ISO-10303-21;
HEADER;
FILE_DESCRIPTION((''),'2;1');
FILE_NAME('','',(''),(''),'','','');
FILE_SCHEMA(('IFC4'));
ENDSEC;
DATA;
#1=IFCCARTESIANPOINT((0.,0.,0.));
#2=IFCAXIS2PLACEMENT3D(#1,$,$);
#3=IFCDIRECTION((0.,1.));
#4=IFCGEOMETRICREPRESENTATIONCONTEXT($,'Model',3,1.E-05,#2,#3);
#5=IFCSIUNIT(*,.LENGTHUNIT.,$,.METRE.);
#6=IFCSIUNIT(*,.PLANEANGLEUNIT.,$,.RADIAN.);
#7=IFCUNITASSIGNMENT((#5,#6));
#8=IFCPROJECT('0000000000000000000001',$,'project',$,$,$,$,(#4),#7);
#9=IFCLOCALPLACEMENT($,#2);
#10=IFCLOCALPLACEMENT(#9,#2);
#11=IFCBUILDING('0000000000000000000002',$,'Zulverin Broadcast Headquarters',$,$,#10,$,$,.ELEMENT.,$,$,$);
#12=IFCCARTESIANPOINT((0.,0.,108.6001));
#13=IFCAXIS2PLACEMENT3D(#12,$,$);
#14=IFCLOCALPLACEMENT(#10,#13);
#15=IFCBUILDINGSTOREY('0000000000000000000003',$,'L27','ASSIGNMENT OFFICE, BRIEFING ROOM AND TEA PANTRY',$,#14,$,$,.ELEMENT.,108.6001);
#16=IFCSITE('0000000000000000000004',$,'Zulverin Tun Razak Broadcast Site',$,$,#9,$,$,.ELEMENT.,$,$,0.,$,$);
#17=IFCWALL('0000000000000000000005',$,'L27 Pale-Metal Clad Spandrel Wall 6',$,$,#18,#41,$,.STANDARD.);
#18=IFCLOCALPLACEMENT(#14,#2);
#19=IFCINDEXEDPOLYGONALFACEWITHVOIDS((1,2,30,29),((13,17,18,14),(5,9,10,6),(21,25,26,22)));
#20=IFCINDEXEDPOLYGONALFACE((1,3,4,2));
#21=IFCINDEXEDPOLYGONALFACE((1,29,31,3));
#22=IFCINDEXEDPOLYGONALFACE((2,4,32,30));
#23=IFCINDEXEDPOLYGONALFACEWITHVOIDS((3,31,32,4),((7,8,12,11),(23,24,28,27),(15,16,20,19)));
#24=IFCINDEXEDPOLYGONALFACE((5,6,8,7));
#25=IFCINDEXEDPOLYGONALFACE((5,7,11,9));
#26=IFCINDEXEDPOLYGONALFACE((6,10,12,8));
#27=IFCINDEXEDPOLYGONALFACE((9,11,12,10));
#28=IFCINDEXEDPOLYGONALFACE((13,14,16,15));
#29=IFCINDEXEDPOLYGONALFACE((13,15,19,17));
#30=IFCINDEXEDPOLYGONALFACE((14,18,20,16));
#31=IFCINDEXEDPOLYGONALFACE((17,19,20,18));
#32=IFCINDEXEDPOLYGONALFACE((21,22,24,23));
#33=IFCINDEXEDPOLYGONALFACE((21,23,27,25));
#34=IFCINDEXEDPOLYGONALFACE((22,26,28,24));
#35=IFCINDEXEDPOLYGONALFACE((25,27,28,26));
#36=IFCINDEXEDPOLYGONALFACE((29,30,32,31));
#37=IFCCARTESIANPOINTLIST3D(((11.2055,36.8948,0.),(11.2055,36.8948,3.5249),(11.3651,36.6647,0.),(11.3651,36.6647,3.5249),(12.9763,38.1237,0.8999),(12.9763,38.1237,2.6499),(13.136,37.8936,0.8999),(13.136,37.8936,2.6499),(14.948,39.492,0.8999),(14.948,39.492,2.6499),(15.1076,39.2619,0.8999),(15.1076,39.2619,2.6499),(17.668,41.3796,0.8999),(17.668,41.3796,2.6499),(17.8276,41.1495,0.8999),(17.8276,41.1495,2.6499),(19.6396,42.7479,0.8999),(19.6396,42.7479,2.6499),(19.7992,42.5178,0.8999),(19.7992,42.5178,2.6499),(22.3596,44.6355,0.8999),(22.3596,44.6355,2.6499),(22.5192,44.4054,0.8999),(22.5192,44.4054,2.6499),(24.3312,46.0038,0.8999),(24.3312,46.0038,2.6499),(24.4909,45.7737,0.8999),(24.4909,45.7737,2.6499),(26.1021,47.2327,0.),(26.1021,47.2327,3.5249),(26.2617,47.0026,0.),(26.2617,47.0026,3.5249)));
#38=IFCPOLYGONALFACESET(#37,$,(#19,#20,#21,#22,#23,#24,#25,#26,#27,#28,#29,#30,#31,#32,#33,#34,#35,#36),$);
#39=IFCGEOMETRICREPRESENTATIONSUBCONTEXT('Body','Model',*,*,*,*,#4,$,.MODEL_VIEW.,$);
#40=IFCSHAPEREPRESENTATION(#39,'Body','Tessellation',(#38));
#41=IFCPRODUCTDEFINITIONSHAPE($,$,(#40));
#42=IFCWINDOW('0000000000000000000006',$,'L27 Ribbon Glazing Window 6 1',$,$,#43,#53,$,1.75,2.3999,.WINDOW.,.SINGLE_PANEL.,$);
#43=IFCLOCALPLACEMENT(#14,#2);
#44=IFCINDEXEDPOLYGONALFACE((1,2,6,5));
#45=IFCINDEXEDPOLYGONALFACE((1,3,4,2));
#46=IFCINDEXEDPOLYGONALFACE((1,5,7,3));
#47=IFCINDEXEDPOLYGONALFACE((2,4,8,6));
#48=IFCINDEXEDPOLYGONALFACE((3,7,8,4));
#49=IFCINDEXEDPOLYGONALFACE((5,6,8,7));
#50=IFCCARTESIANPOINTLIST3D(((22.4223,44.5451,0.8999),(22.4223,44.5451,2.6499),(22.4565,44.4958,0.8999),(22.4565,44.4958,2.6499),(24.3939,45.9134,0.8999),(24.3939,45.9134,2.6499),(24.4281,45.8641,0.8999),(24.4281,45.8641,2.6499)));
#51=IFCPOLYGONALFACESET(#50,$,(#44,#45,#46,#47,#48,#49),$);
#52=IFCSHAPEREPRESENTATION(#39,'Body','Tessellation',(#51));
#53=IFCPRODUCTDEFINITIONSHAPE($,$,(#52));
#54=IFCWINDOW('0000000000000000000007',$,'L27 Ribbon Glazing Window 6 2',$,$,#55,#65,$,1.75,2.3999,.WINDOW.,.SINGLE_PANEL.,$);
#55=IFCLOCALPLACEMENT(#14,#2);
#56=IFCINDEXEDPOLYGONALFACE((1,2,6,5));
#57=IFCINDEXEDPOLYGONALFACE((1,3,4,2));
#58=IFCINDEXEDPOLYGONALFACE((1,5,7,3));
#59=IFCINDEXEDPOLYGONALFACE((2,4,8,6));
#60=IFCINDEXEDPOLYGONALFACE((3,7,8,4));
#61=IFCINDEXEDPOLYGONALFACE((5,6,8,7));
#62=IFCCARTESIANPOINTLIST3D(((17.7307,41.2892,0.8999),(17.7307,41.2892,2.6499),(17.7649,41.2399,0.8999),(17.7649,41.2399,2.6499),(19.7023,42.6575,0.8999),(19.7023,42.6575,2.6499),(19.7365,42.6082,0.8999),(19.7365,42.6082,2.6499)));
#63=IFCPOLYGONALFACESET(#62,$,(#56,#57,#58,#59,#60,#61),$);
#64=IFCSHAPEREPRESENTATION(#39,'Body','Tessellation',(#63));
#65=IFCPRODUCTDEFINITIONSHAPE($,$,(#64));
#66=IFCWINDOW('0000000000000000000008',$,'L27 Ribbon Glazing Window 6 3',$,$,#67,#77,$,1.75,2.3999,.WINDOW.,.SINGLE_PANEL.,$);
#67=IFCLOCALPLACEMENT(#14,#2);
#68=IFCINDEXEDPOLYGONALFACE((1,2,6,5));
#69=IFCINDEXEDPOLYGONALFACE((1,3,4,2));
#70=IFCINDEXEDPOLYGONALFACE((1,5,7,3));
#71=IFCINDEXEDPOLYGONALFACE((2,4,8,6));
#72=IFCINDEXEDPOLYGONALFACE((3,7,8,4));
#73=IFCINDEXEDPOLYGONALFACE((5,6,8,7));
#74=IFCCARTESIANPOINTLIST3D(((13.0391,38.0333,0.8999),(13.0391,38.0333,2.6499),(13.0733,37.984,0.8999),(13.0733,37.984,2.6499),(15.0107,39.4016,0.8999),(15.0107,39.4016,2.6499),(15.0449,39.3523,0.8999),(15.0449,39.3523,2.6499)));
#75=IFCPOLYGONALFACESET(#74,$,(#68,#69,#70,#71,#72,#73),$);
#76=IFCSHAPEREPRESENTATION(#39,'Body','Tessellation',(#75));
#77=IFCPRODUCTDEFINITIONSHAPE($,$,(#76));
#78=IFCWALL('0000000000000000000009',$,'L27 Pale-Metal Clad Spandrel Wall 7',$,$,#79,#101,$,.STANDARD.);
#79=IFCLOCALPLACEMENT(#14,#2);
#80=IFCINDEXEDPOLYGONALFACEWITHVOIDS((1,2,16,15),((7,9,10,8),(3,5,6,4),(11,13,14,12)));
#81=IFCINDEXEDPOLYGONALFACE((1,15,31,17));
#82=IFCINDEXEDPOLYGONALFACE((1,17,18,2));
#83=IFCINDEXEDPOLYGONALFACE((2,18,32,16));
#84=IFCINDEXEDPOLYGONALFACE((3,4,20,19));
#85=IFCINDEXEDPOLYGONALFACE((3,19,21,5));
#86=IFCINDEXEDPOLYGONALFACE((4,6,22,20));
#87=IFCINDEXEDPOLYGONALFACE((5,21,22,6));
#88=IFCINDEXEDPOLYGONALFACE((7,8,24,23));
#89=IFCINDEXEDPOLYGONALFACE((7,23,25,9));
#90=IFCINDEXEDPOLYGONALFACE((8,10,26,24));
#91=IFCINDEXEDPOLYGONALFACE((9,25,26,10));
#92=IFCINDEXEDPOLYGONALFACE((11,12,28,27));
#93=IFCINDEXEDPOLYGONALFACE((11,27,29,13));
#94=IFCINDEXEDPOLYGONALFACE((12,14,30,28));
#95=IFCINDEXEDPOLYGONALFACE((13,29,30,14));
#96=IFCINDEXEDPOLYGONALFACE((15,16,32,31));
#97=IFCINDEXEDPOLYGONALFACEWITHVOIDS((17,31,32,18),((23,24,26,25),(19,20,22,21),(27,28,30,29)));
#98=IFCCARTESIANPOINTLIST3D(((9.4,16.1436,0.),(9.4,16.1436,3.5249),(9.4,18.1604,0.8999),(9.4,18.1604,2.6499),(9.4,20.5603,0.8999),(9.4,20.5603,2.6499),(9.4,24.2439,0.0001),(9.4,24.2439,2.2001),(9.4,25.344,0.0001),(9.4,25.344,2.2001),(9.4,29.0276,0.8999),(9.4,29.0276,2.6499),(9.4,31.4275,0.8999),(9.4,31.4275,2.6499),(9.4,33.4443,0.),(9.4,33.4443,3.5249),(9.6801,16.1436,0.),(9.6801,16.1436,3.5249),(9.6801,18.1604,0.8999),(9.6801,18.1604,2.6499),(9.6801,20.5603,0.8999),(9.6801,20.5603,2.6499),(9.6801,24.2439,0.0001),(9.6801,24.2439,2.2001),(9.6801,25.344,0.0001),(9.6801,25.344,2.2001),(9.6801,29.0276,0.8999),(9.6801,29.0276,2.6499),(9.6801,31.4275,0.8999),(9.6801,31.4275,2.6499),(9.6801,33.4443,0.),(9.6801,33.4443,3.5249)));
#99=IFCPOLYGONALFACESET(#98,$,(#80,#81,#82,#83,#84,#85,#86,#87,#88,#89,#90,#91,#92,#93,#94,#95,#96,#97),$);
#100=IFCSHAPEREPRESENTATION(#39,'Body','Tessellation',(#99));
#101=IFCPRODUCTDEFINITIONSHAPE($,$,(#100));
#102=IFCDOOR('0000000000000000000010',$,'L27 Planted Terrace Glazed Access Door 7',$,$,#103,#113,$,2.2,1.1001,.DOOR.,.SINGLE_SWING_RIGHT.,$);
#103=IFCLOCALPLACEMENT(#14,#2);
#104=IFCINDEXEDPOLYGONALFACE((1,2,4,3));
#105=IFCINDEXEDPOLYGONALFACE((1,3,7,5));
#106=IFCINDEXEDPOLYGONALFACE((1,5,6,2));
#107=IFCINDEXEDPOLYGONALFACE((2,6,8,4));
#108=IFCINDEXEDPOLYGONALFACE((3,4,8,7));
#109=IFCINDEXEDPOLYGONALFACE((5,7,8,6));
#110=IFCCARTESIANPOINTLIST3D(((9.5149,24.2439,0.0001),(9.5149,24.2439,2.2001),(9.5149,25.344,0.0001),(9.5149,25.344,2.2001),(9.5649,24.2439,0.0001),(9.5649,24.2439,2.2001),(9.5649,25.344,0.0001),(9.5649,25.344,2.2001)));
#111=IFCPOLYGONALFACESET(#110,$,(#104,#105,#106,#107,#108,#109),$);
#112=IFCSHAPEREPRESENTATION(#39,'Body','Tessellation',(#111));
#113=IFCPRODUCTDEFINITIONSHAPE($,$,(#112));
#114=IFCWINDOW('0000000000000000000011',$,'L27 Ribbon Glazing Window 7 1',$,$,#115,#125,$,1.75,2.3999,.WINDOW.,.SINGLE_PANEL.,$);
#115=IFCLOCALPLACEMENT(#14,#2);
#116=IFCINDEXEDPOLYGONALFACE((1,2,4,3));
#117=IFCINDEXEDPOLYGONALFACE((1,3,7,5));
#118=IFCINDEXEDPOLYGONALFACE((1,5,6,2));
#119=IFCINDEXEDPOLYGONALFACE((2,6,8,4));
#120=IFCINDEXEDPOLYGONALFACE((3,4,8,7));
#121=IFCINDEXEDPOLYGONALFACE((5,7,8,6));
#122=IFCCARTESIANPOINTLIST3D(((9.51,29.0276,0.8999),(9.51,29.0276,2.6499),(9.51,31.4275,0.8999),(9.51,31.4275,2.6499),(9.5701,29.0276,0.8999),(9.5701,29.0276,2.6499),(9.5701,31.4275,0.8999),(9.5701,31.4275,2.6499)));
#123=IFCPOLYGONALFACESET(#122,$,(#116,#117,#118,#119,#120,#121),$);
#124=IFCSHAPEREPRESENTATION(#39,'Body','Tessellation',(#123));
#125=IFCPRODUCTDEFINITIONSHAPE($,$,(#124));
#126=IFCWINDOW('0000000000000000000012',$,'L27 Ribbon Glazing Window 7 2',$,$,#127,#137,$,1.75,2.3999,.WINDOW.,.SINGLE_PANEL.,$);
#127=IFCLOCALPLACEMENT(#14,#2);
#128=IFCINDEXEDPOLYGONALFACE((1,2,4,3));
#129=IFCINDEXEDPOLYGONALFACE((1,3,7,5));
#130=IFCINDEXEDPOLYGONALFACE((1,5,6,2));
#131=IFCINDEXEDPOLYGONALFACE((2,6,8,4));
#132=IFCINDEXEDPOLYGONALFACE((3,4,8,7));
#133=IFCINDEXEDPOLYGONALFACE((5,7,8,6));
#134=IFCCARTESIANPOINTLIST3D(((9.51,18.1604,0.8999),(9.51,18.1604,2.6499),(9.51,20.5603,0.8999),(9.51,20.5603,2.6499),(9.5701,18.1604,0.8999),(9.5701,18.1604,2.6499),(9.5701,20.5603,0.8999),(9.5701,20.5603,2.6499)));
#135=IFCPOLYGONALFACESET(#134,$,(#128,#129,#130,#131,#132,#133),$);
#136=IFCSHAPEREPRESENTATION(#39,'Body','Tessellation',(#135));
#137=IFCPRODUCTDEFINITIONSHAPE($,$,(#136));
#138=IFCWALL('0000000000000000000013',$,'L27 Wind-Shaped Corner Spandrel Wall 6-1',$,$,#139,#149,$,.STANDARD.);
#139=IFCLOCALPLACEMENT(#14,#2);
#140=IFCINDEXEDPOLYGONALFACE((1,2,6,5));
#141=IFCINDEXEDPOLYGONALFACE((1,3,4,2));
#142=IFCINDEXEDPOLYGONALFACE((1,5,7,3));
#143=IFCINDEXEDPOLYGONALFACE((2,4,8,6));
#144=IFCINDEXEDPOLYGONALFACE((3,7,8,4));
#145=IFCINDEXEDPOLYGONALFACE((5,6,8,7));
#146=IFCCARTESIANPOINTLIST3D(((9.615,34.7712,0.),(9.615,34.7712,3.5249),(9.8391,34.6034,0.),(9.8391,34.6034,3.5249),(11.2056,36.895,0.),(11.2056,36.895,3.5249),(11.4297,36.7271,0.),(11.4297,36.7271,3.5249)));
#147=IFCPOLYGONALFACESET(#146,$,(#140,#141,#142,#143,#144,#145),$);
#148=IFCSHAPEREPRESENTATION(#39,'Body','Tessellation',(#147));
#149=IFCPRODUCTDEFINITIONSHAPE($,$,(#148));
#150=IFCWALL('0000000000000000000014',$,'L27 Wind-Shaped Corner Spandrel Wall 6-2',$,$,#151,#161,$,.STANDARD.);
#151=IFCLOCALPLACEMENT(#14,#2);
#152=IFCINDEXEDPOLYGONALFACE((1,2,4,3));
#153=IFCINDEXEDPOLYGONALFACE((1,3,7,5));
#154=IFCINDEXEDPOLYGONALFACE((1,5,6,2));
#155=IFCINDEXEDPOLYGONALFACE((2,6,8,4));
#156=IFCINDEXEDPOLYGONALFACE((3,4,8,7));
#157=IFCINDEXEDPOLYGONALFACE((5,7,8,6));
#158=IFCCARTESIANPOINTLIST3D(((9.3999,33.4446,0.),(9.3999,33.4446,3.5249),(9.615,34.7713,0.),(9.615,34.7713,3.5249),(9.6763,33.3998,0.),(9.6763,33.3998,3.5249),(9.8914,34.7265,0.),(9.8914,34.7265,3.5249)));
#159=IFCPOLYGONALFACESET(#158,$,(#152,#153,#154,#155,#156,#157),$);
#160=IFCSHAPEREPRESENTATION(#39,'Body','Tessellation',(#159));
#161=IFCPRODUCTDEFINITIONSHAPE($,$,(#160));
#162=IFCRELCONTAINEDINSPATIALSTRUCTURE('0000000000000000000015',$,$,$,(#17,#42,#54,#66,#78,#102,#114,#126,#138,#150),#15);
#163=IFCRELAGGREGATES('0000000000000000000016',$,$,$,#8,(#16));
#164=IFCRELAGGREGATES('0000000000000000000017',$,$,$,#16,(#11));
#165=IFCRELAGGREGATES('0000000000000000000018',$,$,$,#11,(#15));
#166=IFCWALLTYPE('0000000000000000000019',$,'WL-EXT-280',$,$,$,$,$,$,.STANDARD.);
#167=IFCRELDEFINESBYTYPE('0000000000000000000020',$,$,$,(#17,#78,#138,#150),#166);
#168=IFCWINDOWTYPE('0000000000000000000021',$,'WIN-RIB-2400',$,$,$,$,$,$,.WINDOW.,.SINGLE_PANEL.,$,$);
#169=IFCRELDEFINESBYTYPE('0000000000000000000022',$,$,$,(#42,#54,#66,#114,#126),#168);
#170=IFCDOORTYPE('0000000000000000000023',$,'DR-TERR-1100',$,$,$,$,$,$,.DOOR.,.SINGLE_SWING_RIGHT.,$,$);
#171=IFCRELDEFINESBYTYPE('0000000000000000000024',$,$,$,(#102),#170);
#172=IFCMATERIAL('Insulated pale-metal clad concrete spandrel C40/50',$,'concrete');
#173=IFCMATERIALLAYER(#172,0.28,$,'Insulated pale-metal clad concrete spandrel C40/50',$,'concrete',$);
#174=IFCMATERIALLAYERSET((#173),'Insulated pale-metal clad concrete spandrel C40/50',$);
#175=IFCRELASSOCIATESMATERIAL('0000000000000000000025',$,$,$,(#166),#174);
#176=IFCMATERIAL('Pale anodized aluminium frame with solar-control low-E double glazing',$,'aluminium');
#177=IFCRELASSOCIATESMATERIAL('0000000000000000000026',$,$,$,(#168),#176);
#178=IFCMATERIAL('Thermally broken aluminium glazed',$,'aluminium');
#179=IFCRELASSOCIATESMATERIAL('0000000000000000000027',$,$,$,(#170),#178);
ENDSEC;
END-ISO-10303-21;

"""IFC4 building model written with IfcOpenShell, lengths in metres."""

from ifc_helpers import new_model, si_unit, direction, frame, frame_2d, origin, place, context, subcontext, project, spatial, rectangle, extrude, material, layer, layer_set, type_object, element, fill, save


model = new_model("IFC4")

# Units and contexts
model_context = context("Model", 3, precision=1e-05, world=origin(), true_north=direction((0.0, 1.0)))
body_context = subcontext(model_context, "Body", "Model", "MODEL_VIEW")
ifc_project = project(units=[si_unit("LENGTHUNIT", "METRE"), si_unit("PLANEANGLEUNIT", "RADIAN")], contexts=[model_context])

# Site, building, storey
site_placement = place(None, origin())
site = spatial("IfcSite", under=ifc_project, at=site_placement, Name="Zulverin Tun Razak Broadcast Site", CompositionType="ELEMENT", RefElevation=0.0)
building_placement = place(site_placement, origin())
building = spatial("IfcBuilding", under=site, at=building_placement, Name="Zulverin Broadcast Headquarters", CompositionType="ELEMENT")
storey_placement = place(building_placement, frame((0.0, 0.0, 108.6001)))
storey = spatial("IfcBuildingStorey", under=building, at=storey_placement, Name="L27", Description="ASSIGNMENT OFFICE, BRIEFING ROOM AND TEA PANTRY", CompositionType="ELEMENT", Elevation=108.6001)

# Wall, openings, windows
ifc_material_1 = material(Name="Insulated pale-metal clad concrete spandrel C40/50", Category="concrete")
ifc_layer_1 = layer(ifc_material_1, 0.28, Name="Insulated pale-metal clad concrete spandrel C40/50", Category="concrete")
ifc_layer_set_1 = layer_set([ifc_layer_1], Name="Insulated pale-metal clad concrete spandrel C40/50")
wall_type_1 = type_object("IfcWallType", Name="WL-EXT-280", PredefinedType="STANDARD", material=ifc_layer_set_1)
wall_1_placement = place(storey_placement, frame((26.1819, 47.1177, 0.0), z_axis=(0.0, 0.0, 1.0), x_axis=(-0.821548, -0.570139, 0.0)))
wall_1 = element("IfcWall", 1, at=wall_1_placement, inside=storey, type_object=wall_type_1, Name="L27 Pale-Metal Clad Spandrel Wall 6", PredefinedType="STANDARD", context=body_context, shape_type="SweptSolid", body=[
    extrude(rectangle(XDim=18.1323, YDim=0.28, at=frame_2d((9.0662, 0.0))), origin(), (0.0, 0.0, 1.0), 3.5249),
])
opening_1_placement = place(wall_1_placement, frame((2.1555, 0.0, 0.8999)))
opening_1 = element("IfcOpeningElement", 2, at=opening_1_placement, cuts=wall_1, PredefinedType="OPENING", context=body_context, shape_type="SweptSolid", body=[
    extrude(rectangle(XDim=2.3999, YDim=1.75, at=frame_2d((1.2, 0.875))), frame((0.0, 0.1499, 0.0), z_axis=(0.0, -1.0, 0.0), x_axis=(1.0, 0.0, 0.0)), (0.0, 0.0, 1.0), 0.3),
])
opening_2_placement = place(wall_1_placement, frame((7.8662, 0.0, 0.8999)))
opening_2 = element("IfcOpeningElement", 3, at=opening_2_placement, cuts=wall_1, PredefinedType="OPENING", context=body_context, shape_type="SweptSolid", body=[
    extrude(rectangle(XDim=2.3999, YDim=1.75, at=frame_2d((1.2, 0.875))), frame((0.0, 0.1499, 0.0), z_axis=(0.0, -1.0, 0.0), x_axis=(1.0, 0.0, 0.0)), (0.0, 0.0, 1.0), 0.3),
])
opening_3_placement = place(wall_1_placement, frame((13.5769, 0.0, 0.8999)))
opening_3 = element("IfcOpeningElement", 4, at=opening_3_placement, cuts=wall_1, PredefinedType="OPENING", context=body_context, shape_type="SweptSolid", body=[
    extrude(rectangle(XDim=2.3999, YDim=1.75, at=frame_2d((1.2, 0.875))), frame((0.0, 0.1499, 0.0), z_axis=(0.0, -1.0, 0.0), x_axis=(1.0, 0.0, 0.0)), (0.0, 0.0, 1.0), 0.3),
])
ifc_material_2 = material(Name="Pale anodized aluminium frame with solar-control low-E double glazing", Category="aluminium")
window_type = type_object("IfcWindowType", Name="WIN-RIB-2400", PartitioningType="SINGLE_PANEL", PredefinedType="WINDOW", material=ifc_material_2)
window_1_placement = place(opening_1_placement, origin())
window_1 = element("IfcWindow", 5, at=window_1_placement, inside=storey, type_object=window_type, Name="L27 Ribbon Glazing Window 6 1", OverallHeight=1.75, OverallWidth=2.3999, PartitioningType="SINGLE_PANEL", PredefinedType="WINDOW", context=body_context, shape_type="SweptSolid", body=[
    extrude(rectangle(XDim=2.3999, YDim=1.75, at=frame_2d((1.2, 0.875))), frame((0.0, 0.03, 0.0), z_axis=(0.0, -1.0, 0.0), x_axis=(1.0, 0.0, 0.0)), (0.0, 0.0, 1.0), 0.0601),
])
fill(opening_1, window_1)
window_2_placement = place(opening_2_placement, origin())
window_2 = element("IfcWindow", 6, at=window_2_placement, inside=storey, type_object=window_type, Name="L27 Ribbon Glazing Window 6 2", OverallHeight=1.75, OverallWidth=2.3999, PartitioningType="SINGLE_PANEL", PredefinedType="WINDOW", context=body_context, shape_type="SweptSolid", body=[
    extrude(rectangle(XDim=2.3999, YDim=1.75, at=frame_2d((1.2, 0.875))), frame((0.0, 0.03, 0.0), z_axis=(0.0, -1.0, 0.0), x_axis=(1.0, 0.0, 0.0)), (0.0, 0.0, 1.0), 0.0601),
])
fill(opening_2, window_2)
window_3_placement = place(opening_3_placement, origin())
window_3 = element("IfcWindow", 7, at=window_3_placement, inside=storey, type_object=window_type, Name="L27 Ribbon Glazing Window 6 3", OverallHeight=1.75, OverallWidth=2.3999, PartitioningType="SINGLE_PANEL", PredefinedType="WINDOW", context=body_context, shape_type="SweptSolid", body=[
    extrude(rectangle(XDim=2.3999, YDim=1.75, at=frame_2d((1.2, 0.875))), frame((0.0, 0.03, 0.0), z_axis=(0.0, -1.0, 0.0), x_axis=(1.0, 0.0, 0.0)), (0.0, 0.0, 1.0), 0.0601),
])
fill(opening_3, window_3)

# Wall, openings, door, windows
wall_2_placement = place(storey_placement, frame((9.54, 33.4443, 0.0), z_axis=(0.0, 0.0, 1.0), x_axis=(0.0, -1.0, 0.0)))
wall_2 = element("IfcWall", 8, at=wall_2_placement, inside=storey, type_object=wall_type_1, Name="L27 Pale-Metal Clad Spandrel Wall 7", PredefinedType="STANDARD", context=body_context, shape_type="SweptSolid", body=[
    extrude(rectangle(XDim=17.3008, YDim=0.28, at=frame_2d((8.6504, 0.0))), origin(), (0.0, 0.0, 1.0), 3.5249),
])
opening_4_placement = place(wall_2_placement, frame((8.1003, 0.0, 0.0)))
opening_4 = element("IfcOpeningElement", 9, at=opening_4_placement, cuts=wall_2, PredefinedType="OPENING", context=body_context, shape_type="SweptSolid", body=[
    extrude(rectangle(XDim=1.1001, YDim=2.2, at=frame_2d((0.55, 1.1001))), frame((0.0, 0.1499, 0.0), z_axis=(0.0, -1.0, 0.0), x_axis=(1.0, 0.0, 0.0)), (0.0, 0.0, 1.0), 0.3),
])
opening_5_placement = place(wall_2_placement, frame((2.0168, 0.0, 0.8999)))
opening_5 = element("IfcOpeningElement", 10, at=opening_5_placement, cuts=wall_2, PredefinedType="OPENING", context=body_context, shape_type="SweptSolid", body=[
    extrude(rectangle(XDim=2.3999, YDim=1.75, at=frame_2d((1.2, 0.875))), frame((0.0, 0.1499, 0.0), z_axis=(0.0, -1.0, 0.0), x_axis=(1.0, 0.0, 0.0)), (0.0, 0.0, 1.0), 0.3),
])
opening_6_placement = place(wall_2_placement, frame((12.884, 0.0, 0.8999)))
opening_6 = element("IfcOpeningElement", 11, at=opening_6_placement, cuts=wall_2, PredefinedType="OPENING", context=body_context, shape_type="SweptSolid", body=[
    extrude(rectangle(XDim=2.3999, YDim=1.75, at=frame_2d((1.2, 0.875))), frame((0.0, 0.1499, 0.0), z_axis=(0.0, -1.0, 0.0), x_axis=(1.0, 0.0, 0.0)), (0.0, 0.0, 1.0), 0.3),
])
ifc_material_3 = material(Name="Thermally broken aluminium glazed", Category="aluminium")
door_type_1 = type_object("IfcDoorType", Name="DR-TERR-1100", OperationType="SINGLE_SWING_RIGHT", PredefinedType="DOOR", material=ifc_material_3)
door_1_placement = place(opening_4_placement, origin())
door_1 = element("IfcDoor", 12, at=door_1_placement, inside=storey, type_object=door_type_1, Name="L27 Planted Terrace Glazed Access Door 7", OperationType="SINGLE_SWING_RIGHT", OverallHeight=2.2, OverallWidth=1.1001, PredefinedType="DOOR", context=body_context, shape_type="SweptSolid", body=[
    extrude(rectangle(XDim=1.1001, YDim=2.2, at=frame_2d((0.55, 1.1001))), frame((0.0, 0.0249, 0.0), z_axis=(0.0, -1.0, 0.0), x_axis=(1.0, 0.0, 0.0)), (0.0, 0.0, 1.0), 0.05),
])
fill(opening_4, door_1)
window_4_placement = place(opening_5_placement, origin())
window_4 = element("IfcWindow", 13, at=window_4_placement, inside=storey, type_object=window_type, Name="L27 Ribbon Glazing Window 7 1", OverallHeight=1.75, OverallWidth=2.3999, PartitioningType="SINGLE_PANEL", PredefinedType="WINDOW", context=body_context, shape_type="SweptSolid", body=[
    extrude(rectangle(XDim=2.3999, YDim=1.75, at=frame_2d((1.2, 0.875))), frame((0.0, 0.03, 0.0), z_axis=(0.0, -1.0, 0.0), x_axis=(1.0, 0.0, 0.0)), (0.0, 0.0, 1.0), 0.0601),
])
fill(opening_5, window_4)
window_5_placement = place(opening_6_placement, origin())
window_5 = element("IfcWindow", 14, at=window_5_placement, inside=storey, type_object=window_type, Name="L27 Ribbon Glazing Window 7 2", OverallHeight=1.75, OverallWidth=2.3999, PartitioningType="SINGLE_PANEL", PredefinedType="WINDOW", context=body_context, shape_type="SweptSolid", body=[
    extrude(rectangle(XDim=2.3999, YDim=1.75, at=frame_2d((1.2, 0.875))), frame((0.0, 0.03, 0.0), z_axis=(0.0, -1.0, 0.0), x_axis=(1.0, 0.0, 0.0)), (0.0, 0.0, 1.0), 0.0601),
])
fill(opening_6, window_5)

# Walls
wall_3_placement = place(storey_placement, frame((11.3176, 36.811, 0.0), z_axis=(0.0, 0.0, 1.0), x_axis=(-0.599455, -0.800408, 0.0)))
element("IfcWall", 15, at=wall_3_placement, inside=storey, type_object=wall_type_1, Name="L27 Wind-Shaped Corner Spandrel Wall 6-1", PredefinedType="STANDARD", context=body_context, shape_type="SweptSolid", body=[
    extrude(rectangle(XDim=2.6533, YDim=0.28, at=frame_2d((1.3267, 0.0))), origin(), (0.0, 0.0, 1.0), 3.5249),
])
wall_4_placement = place(storey_placement, frame((9.7532, 34.7488, 0.0), z_axis=(0.0, 0.0, 1.0), x_axis=(-0.160038, -0.987111, 0.0)))
element("IfcWall", 16, at=wall_4_placement, inside=storey, type_object=wall_type_1, Name="L27 Wind-Shaped Corner Spandrel Wall 6-2", PredefinedType="STANDARD", context=body_context, shape_type="SweptSolid", body=[
    extrude(rectangle(XDim=1.344, YDim=0.28, at=frame_2d((0.6719, 0.0))), origin(), (0.0, 0.0, 1.0), 3.5249),
])

save(model, "model.ifc")
